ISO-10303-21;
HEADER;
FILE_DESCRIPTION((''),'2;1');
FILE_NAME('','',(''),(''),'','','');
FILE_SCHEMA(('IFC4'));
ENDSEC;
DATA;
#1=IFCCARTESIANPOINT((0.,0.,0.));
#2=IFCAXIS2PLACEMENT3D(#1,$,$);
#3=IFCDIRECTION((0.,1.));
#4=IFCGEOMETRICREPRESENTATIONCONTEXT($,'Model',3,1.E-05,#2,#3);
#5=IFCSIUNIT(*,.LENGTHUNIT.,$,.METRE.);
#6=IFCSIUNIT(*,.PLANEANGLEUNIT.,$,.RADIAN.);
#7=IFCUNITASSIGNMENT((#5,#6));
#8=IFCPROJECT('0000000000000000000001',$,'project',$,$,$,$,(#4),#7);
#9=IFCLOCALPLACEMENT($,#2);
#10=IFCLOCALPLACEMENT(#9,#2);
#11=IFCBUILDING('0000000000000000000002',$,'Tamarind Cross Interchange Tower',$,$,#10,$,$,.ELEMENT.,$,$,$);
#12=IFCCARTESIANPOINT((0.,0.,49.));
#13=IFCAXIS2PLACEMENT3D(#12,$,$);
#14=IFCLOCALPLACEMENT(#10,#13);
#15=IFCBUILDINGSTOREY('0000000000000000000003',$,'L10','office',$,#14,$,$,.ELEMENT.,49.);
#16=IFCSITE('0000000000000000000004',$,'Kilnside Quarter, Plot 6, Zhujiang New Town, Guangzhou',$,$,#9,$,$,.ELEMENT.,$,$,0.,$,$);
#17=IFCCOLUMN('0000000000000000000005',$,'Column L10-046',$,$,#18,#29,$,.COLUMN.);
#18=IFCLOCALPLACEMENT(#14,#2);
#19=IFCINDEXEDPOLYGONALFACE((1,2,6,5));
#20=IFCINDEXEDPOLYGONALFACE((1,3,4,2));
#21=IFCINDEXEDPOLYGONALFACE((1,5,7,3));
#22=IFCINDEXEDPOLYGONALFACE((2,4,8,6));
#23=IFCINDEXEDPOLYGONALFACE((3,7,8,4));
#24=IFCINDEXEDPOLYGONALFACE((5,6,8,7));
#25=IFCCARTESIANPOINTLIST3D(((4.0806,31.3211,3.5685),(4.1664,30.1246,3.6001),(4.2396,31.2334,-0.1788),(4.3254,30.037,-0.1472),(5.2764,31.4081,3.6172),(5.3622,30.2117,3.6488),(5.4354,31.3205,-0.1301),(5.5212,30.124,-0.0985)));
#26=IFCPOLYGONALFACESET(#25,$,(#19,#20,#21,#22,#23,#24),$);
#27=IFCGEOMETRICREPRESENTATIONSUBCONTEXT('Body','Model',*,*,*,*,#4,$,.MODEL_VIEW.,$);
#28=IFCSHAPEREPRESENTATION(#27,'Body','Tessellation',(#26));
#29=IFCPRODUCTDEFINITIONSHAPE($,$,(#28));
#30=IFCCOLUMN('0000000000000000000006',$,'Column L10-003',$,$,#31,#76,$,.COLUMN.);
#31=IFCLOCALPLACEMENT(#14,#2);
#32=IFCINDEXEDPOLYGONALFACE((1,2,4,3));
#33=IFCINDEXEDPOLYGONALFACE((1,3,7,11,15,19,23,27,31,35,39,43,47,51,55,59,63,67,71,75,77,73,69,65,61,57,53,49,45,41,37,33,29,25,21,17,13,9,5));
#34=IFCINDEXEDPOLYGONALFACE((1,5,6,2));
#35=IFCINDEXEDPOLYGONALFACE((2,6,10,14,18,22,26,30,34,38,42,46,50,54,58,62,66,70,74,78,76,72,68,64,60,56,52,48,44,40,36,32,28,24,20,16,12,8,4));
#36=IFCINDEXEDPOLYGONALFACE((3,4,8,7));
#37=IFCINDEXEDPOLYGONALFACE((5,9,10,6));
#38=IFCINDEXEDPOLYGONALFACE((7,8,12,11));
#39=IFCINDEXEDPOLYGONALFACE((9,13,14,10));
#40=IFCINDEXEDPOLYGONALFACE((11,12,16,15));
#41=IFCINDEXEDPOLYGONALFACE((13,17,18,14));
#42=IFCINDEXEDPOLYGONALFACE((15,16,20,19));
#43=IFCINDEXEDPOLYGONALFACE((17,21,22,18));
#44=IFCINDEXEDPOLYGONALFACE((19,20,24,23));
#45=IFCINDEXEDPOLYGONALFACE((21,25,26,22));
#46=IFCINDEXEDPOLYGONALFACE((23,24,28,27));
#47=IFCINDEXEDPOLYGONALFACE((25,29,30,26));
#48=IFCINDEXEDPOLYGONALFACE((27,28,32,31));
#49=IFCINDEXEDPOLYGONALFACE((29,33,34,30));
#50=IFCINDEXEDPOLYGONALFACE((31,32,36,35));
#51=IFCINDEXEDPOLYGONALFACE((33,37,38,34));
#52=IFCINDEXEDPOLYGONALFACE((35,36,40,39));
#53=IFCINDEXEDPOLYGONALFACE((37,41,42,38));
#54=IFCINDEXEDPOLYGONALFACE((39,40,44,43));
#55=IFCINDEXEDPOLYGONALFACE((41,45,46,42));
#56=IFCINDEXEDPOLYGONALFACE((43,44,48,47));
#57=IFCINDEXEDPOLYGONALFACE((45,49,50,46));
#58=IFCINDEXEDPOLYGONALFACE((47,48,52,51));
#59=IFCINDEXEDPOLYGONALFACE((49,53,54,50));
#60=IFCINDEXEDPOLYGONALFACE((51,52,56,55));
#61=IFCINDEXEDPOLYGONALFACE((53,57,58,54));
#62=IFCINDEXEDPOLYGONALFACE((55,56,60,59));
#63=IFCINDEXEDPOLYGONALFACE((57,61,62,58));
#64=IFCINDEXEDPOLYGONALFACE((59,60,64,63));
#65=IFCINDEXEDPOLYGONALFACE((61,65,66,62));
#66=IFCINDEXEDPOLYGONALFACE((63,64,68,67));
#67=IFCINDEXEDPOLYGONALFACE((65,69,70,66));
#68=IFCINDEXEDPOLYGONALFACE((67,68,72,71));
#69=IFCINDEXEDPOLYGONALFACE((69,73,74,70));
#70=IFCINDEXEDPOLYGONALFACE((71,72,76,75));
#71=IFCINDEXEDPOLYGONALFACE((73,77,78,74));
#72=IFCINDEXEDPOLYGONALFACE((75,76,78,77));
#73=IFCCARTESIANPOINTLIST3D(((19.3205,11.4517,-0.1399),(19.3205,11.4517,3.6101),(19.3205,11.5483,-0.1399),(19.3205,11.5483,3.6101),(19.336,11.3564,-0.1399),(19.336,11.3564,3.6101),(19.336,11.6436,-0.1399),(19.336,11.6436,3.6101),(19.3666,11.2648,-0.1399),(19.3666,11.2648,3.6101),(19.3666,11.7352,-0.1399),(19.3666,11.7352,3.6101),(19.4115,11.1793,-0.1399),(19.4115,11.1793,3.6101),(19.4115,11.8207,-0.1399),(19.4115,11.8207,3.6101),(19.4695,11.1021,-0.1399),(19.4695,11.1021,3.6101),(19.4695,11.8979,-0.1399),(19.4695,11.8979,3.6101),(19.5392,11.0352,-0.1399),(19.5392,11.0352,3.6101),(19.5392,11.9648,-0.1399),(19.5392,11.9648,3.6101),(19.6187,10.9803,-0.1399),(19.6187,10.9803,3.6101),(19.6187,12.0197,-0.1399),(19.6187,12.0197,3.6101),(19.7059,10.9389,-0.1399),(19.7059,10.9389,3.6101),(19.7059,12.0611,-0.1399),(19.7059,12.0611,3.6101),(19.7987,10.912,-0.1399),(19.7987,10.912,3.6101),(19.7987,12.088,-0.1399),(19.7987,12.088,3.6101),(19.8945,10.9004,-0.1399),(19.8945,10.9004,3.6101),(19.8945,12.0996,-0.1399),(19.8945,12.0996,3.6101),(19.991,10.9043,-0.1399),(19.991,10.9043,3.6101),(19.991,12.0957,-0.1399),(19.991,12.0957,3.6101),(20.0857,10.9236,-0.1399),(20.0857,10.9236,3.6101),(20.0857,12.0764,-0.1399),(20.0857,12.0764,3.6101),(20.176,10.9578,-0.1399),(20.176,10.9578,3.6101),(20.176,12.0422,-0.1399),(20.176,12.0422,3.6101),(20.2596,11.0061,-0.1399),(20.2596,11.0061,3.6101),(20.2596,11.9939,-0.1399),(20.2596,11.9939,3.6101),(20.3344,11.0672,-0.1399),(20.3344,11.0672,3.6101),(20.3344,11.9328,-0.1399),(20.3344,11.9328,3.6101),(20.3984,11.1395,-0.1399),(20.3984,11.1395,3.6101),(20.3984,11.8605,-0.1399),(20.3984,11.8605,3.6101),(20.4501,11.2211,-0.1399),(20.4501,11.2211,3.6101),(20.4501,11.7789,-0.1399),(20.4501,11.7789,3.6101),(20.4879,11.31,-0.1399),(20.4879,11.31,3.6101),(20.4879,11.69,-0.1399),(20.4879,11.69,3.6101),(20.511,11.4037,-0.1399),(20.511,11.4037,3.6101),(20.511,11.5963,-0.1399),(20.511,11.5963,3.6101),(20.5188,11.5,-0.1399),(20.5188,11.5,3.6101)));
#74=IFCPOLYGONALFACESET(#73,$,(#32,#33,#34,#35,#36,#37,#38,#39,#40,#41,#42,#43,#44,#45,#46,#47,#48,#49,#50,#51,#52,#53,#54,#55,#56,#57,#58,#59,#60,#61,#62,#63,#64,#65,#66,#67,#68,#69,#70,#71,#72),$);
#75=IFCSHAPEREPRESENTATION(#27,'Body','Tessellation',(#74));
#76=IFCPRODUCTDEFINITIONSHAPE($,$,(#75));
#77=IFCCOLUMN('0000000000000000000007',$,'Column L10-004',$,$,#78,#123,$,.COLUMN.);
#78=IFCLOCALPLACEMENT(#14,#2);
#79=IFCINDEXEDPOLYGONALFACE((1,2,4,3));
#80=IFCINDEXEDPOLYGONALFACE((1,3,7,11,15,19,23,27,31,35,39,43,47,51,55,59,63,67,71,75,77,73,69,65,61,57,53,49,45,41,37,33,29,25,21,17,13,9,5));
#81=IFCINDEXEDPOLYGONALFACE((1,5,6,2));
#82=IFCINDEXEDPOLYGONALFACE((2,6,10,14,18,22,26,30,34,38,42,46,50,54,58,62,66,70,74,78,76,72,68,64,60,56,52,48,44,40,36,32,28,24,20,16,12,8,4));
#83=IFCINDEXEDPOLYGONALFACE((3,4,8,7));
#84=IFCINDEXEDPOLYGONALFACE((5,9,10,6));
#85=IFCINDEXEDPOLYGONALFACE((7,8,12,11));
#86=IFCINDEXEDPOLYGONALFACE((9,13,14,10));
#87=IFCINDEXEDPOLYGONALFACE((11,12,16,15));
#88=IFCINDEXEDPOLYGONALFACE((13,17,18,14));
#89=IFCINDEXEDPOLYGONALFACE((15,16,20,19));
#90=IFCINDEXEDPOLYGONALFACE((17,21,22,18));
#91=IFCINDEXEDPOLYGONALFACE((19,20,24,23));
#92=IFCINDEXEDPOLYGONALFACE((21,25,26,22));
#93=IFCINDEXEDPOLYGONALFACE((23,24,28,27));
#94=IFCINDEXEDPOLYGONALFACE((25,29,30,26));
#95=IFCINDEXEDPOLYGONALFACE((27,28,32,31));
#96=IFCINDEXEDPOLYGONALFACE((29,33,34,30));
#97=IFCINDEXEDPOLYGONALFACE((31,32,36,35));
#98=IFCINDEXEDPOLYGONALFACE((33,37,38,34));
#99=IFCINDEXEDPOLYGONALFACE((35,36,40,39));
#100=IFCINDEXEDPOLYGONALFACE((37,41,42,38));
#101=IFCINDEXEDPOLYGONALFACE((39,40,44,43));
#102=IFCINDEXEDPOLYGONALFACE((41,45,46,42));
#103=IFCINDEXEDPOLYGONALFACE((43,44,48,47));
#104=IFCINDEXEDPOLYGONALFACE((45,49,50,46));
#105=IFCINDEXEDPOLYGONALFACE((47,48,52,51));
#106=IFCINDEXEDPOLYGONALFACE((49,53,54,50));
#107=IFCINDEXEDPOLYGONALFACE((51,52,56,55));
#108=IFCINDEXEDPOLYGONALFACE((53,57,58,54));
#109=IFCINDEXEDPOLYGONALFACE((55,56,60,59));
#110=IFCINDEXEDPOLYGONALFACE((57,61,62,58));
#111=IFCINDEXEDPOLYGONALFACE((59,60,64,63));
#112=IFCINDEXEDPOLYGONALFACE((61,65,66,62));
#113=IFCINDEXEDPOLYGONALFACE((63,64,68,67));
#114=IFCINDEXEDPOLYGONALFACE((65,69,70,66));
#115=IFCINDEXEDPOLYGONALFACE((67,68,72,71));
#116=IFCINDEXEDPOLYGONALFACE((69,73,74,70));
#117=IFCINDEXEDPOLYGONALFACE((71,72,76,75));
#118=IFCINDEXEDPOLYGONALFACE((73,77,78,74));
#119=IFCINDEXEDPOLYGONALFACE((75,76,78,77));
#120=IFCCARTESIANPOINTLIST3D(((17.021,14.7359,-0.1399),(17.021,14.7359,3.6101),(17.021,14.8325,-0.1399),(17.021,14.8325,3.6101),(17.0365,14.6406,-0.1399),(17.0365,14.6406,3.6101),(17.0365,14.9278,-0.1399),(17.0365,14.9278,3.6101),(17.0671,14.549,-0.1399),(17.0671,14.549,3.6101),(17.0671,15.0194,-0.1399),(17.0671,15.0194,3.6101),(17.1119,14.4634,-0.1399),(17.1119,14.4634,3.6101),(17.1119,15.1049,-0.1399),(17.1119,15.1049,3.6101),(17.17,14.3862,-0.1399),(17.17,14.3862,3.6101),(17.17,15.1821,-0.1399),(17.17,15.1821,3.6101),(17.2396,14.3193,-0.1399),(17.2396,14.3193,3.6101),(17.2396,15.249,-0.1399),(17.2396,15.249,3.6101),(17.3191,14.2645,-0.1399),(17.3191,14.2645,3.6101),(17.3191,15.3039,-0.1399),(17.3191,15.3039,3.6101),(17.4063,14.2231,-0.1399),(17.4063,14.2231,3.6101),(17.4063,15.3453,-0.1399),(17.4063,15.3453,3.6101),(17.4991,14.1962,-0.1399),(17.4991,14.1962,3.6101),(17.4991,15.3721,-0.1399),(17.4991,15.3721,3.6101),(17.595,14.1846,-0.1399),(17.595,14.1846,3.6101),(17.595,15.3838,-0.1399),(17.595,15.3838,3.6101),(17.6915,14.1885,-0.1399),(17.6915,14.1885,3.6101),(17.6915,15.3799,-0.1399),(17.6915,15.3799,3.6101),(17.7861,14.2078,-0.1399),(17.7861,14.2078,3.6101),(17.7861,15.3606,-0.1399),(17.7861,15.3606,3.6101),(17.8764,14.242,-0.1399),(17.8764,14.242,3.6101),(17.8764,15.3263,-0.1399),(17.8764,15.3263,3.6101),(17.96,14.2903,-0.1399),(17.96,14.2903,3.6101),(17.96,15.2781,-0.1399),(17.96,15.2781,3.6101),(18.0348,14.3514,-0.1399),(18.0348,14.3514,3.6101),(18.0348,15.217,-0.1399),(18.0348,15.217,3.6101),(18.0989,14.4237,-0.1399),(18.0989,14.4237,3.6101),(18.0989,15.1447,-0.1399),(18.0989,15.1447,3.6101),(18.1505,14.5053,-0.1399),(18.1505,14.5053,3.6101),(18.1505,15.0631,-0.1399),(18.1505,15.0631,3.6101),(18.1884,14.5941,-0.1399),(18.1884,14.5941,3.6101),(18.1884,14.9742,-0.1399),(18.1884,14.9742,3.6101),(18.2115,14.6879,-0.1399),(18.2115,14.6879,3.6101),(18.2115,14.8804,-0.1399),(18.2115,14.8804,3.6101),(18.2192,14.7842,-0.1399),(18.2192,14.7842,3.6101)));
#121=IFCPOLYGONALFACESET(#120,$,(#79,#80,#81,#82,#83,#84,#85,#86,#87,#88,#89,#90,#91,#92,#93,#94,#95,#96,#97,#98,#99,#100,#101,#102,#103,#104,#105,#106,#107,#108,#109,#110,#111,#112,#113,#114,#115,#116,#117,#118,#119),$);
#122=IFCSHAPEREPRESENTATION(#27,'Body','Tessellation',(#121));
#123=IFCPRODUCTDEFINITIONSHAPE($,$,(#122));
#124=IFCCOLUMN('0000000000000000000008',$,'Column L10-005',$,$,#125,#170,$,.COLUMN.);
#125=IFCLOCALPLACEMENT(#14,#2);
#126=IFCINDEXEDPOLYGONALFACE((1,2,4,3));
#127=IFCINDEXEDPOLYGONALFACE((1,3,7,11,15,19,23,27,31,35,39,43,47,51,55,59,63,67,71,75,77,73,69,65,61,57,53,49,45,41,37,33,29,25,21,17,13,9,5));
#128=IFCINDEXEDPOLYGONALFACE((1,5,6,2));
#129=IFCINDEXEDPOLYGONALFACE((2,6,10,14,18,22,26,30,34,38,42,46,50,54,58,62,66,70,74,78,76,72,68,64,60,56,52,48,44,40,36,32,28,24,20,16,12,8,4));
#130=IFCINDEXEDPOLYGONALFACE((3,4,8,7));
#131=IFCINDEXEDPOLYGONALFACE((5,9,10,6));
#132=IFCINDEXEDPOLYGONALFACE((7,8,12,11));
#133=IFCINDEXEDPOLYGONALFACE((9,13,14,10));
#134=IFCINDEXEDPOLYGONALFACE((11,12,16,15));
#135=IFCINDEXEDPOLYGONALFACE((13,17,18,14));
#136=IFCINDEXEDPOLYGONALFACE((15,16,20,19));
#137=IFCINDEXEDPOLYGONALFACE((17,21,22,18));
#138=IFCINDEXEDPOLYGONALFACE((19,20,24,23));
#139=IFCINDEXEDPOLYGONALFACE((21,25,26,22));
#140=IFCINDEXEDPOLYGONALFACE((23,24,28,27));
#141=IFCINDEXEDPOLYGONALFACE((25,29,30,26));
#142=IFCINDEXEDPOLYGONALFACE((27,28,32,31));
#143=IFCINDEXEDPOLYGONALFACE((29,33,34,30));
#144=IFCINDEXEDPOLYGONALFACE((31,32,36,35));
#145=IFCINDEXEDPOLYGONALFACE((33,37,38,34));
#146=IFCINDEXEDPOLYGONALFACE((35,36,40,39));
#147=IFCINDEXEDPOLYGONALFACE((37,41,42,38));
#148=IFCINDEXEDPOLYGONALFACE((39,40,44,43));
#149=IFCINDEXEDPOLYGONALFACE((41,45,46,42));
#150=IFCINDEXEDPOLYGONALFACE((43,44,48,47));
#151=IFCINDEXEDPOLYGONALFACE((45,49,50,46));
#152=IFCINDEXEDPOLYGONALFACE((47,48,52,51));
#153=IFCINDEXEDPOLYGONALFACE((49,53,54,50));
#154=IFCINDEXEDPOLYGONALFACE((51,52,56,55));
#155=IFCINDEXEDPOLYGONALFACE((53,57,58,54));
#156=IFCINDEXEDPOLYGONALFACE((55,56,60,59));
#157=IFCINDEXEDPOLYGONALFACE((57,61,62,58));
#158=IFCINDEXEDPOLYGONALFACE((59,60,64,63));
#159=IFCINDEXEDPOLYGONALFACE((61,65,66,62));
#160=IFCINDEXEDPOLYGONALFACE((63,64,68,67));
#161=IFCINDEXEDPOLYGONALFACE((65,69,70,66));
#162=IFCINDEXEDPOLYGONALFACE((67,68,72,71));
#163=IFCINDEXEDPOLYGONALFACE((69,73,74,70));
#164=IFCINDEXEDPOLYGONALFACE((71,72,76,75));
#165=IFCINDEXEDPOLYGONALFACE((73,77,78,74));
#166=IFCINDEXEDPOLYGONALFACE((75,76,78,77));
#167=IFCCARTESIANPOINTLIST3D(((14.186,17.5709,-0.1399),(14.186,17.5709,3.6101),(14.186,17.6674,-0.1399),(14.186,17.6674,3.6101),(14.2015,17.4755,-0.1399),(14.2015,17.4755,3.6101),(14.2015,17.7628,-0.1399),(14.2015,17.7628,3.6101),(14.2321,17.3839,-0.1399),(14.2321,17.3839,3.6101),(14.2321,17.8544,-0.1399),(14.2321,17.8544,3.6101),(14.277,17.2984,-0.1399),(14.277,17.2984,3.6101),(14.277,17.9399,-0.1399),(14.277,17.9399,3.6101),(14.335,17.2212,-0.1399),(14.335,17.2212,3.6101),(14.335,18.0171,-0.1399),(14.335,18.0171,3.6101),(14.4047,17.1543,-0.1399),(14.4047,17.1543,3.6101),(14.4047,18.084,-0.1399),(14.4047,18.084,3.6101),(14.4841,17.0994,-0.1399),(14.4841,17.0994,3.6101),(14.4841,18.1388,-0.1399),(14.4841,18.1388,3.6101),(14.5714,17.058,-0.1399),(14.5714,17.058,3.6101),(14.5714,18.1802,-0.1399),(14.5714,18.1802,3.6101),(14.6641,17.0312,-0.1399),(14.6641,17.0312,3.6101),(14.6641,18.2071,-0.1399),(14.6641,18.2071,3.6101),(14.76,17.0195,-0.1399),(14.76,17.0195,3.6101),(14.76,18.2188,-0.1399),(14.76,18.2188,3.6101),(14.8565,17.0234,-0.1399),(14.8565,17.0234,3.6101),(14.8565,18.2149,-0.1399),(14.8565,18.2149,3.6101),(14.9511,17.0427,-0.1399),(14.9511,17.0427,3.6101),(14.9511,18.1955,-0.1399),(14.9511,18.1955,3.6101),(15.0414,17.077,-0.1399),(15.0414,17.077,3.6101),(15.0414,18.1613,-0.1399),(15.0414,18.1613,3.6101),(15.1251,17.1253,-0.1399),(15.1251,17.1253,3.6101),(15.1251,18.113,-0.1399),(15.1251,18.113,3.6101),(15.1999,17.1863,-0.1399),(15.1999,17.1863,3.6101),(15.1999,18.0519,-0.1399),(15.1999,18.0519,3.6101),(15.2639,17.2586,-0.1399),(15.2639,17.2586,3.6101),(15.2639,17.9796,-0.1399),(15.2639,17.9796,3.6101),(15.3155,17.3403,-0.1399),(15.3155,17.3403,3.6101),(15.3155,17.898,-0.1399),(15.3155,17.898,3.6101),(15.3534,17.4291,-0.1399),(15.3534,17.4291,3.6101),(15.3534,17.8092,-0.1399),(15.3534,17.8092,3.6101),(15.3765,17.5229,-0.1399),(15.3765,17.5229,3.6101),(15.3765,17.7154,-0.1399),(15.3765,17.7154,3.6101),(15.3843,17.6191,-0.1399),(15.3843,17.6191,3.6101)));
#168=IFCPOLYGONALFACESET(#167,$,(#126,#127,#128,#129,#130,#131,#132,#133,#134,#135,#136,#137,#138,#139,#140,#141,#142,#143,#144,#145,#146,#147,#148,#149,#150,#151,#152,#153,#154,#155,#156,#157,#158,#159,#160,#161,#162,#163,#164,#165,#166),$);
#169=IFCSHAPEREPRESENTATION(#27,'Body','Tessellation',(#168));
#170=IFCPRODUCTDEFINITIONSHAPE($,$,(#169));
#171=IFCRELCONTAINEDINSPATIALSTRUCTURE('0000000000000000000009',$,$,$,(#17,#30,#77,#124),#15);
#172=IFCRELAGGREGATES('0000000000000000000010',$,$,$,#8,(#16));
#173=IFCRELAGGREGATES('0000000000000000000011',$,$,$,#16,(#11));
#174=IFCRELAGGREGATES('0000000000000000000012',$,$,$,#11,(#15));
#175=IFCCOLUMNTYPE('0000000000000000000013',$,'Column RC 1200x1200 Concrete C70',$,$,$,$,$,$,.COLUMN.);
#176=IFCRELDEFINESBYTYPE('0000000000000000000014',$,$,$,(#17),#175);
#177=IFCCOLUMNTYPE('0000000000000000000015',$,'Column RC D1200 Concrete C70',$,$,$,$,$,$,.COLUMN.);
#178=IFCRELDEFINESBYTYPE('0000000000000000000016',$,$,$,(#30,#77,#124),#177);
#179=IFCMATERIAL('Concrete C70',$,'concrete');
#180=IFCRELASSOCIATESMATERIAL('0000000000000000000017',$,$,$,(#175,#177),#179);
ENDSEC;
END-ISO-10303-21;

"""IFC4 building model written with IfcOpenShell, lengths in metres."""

from ifc_helpers import new_model, si_unit, direction, frame, origin, origin_2d, place, context, subcontext, project, spatial, rectangle, circle, extrude, material, material_profile, profile_set, type_object, element, save


model = new_model("IFC4")

# Units and contexts
model_context = context("Model", 3, precision=1e-05, world=origin(), true_north=direction((0.0, 1.0)))
body_context = subcontext(model_context, "Body", "Model", "MODEL_VIEW")
ifc_project = project(units=[si_unit("LENGTHUNIT", "METRE"), si_unit("PLANEANGLEUNIT", "RADIAN")], contexts=[model_context])

# Site, building, storey
site_placement = place(None, origin())
site = spatial("IfcSite", under=ifc_project, at=site_placement, Name="Kilnside Quarter, Plot 6, Zhujiang New Town, Guangzhou", CompositionType="ELEMENT", RefElevation=0.0)
building_placement = place(site_placement, origin())
building = spatial("IfcBuilding", under=site, at=building_placement, Name="Tamarind Cross Interchange Tower", CompositionType="ELEMENT")
storey_placement = place(building_placement, frame((0.0, 0.0, 49.0)))
storey = spatial("IfcBuildingStorey", under=building, at=storey_placement, Name="L10", Description="office", CompositionType="ELEMENT", Elevation=49.0)

# Columns
ifc_material_1 = material(Name="Concrete C70", Category="concrete")
ifc_material_profile_1 = material_profile(ifc_material_1, rectangle(XDim=1.2, YDim=1.2, at=origin_2d()), Name="RC 1200x1200")
ifc_profile_set_1 = profile_set([ifc_material_profile_1], Name="Concrete C70")
column_type_1 = type_object("IfcColumnType", Name="Column RC 1200x1200 Concrete C70", PredefinedType="COLUMN", material=ifc_profile_set_1)
column_placement = place(storey_placement, frame((4.8804, 30.6787, -0.1387), z_axis=(-0.042364, 0.023362, 0.998829), x_axis=(0.071515, -0.997091, 0.026354)))
element("IfcColumn", 1, at=column_placement, inside=storey, type_object=column_type_1, Name="Column L10-046", PredefinedType="COLUMN", context=body_context, shape_type="SweptSolid", body=[
    extrude(rectangle(XDim=1.2, YDim=1.2, at=origin_2d()), origin(), (0.0, 0.0, 1.0), 3.7517),
])
ifc_material_profile_2 = material_profile(ifc_material_1, circle(Radius=0.6001, at=origin_2d()), Name="RC D1200")
ifc_profile_set_2 = profile_set([ifc_material_profile_2], Name="Concrete C70")
column_type_2 = type_object("IfcColumnType", Name="Column RC D1200 Concrete C70", PredefinedType="COLUMN", material=ifc_profile_set_2)
for number, where, z_axis, x_axis, name in (
    (2, (19.9187, 11.5, -0.1399), (0.0, 0.0, 1.0), (1.0, 0.0, 0.0), "Column L10-003"),
    (3, (17.6191, 14.7842, -0.1399), (0.0, 0.0, 1.0), (1.0, 0.0, 0.0), "Column L10-004"),
    (4, (14.7842, 17.6191, -0.1399), (0.0, 0.0, 1.0), (1.0, 0.0, 0.0), "Column L10-005"),
):
    element("IfcColumn", number, at=place(storey_placement, frame(where, z_axis=z_axis, x_axis=x_axis)), inside=storey, type_object=column_type_2, Name=name, PredefinedType="COLUMN", context=body_context, shape_type="SweptSolid", body=[
        extrude(circle(Radius=0.6001, at=origin_2d()), origin(), (0.0, 0.0, 1.0), 3.75),
    ])

save(model, "model.ifc")
